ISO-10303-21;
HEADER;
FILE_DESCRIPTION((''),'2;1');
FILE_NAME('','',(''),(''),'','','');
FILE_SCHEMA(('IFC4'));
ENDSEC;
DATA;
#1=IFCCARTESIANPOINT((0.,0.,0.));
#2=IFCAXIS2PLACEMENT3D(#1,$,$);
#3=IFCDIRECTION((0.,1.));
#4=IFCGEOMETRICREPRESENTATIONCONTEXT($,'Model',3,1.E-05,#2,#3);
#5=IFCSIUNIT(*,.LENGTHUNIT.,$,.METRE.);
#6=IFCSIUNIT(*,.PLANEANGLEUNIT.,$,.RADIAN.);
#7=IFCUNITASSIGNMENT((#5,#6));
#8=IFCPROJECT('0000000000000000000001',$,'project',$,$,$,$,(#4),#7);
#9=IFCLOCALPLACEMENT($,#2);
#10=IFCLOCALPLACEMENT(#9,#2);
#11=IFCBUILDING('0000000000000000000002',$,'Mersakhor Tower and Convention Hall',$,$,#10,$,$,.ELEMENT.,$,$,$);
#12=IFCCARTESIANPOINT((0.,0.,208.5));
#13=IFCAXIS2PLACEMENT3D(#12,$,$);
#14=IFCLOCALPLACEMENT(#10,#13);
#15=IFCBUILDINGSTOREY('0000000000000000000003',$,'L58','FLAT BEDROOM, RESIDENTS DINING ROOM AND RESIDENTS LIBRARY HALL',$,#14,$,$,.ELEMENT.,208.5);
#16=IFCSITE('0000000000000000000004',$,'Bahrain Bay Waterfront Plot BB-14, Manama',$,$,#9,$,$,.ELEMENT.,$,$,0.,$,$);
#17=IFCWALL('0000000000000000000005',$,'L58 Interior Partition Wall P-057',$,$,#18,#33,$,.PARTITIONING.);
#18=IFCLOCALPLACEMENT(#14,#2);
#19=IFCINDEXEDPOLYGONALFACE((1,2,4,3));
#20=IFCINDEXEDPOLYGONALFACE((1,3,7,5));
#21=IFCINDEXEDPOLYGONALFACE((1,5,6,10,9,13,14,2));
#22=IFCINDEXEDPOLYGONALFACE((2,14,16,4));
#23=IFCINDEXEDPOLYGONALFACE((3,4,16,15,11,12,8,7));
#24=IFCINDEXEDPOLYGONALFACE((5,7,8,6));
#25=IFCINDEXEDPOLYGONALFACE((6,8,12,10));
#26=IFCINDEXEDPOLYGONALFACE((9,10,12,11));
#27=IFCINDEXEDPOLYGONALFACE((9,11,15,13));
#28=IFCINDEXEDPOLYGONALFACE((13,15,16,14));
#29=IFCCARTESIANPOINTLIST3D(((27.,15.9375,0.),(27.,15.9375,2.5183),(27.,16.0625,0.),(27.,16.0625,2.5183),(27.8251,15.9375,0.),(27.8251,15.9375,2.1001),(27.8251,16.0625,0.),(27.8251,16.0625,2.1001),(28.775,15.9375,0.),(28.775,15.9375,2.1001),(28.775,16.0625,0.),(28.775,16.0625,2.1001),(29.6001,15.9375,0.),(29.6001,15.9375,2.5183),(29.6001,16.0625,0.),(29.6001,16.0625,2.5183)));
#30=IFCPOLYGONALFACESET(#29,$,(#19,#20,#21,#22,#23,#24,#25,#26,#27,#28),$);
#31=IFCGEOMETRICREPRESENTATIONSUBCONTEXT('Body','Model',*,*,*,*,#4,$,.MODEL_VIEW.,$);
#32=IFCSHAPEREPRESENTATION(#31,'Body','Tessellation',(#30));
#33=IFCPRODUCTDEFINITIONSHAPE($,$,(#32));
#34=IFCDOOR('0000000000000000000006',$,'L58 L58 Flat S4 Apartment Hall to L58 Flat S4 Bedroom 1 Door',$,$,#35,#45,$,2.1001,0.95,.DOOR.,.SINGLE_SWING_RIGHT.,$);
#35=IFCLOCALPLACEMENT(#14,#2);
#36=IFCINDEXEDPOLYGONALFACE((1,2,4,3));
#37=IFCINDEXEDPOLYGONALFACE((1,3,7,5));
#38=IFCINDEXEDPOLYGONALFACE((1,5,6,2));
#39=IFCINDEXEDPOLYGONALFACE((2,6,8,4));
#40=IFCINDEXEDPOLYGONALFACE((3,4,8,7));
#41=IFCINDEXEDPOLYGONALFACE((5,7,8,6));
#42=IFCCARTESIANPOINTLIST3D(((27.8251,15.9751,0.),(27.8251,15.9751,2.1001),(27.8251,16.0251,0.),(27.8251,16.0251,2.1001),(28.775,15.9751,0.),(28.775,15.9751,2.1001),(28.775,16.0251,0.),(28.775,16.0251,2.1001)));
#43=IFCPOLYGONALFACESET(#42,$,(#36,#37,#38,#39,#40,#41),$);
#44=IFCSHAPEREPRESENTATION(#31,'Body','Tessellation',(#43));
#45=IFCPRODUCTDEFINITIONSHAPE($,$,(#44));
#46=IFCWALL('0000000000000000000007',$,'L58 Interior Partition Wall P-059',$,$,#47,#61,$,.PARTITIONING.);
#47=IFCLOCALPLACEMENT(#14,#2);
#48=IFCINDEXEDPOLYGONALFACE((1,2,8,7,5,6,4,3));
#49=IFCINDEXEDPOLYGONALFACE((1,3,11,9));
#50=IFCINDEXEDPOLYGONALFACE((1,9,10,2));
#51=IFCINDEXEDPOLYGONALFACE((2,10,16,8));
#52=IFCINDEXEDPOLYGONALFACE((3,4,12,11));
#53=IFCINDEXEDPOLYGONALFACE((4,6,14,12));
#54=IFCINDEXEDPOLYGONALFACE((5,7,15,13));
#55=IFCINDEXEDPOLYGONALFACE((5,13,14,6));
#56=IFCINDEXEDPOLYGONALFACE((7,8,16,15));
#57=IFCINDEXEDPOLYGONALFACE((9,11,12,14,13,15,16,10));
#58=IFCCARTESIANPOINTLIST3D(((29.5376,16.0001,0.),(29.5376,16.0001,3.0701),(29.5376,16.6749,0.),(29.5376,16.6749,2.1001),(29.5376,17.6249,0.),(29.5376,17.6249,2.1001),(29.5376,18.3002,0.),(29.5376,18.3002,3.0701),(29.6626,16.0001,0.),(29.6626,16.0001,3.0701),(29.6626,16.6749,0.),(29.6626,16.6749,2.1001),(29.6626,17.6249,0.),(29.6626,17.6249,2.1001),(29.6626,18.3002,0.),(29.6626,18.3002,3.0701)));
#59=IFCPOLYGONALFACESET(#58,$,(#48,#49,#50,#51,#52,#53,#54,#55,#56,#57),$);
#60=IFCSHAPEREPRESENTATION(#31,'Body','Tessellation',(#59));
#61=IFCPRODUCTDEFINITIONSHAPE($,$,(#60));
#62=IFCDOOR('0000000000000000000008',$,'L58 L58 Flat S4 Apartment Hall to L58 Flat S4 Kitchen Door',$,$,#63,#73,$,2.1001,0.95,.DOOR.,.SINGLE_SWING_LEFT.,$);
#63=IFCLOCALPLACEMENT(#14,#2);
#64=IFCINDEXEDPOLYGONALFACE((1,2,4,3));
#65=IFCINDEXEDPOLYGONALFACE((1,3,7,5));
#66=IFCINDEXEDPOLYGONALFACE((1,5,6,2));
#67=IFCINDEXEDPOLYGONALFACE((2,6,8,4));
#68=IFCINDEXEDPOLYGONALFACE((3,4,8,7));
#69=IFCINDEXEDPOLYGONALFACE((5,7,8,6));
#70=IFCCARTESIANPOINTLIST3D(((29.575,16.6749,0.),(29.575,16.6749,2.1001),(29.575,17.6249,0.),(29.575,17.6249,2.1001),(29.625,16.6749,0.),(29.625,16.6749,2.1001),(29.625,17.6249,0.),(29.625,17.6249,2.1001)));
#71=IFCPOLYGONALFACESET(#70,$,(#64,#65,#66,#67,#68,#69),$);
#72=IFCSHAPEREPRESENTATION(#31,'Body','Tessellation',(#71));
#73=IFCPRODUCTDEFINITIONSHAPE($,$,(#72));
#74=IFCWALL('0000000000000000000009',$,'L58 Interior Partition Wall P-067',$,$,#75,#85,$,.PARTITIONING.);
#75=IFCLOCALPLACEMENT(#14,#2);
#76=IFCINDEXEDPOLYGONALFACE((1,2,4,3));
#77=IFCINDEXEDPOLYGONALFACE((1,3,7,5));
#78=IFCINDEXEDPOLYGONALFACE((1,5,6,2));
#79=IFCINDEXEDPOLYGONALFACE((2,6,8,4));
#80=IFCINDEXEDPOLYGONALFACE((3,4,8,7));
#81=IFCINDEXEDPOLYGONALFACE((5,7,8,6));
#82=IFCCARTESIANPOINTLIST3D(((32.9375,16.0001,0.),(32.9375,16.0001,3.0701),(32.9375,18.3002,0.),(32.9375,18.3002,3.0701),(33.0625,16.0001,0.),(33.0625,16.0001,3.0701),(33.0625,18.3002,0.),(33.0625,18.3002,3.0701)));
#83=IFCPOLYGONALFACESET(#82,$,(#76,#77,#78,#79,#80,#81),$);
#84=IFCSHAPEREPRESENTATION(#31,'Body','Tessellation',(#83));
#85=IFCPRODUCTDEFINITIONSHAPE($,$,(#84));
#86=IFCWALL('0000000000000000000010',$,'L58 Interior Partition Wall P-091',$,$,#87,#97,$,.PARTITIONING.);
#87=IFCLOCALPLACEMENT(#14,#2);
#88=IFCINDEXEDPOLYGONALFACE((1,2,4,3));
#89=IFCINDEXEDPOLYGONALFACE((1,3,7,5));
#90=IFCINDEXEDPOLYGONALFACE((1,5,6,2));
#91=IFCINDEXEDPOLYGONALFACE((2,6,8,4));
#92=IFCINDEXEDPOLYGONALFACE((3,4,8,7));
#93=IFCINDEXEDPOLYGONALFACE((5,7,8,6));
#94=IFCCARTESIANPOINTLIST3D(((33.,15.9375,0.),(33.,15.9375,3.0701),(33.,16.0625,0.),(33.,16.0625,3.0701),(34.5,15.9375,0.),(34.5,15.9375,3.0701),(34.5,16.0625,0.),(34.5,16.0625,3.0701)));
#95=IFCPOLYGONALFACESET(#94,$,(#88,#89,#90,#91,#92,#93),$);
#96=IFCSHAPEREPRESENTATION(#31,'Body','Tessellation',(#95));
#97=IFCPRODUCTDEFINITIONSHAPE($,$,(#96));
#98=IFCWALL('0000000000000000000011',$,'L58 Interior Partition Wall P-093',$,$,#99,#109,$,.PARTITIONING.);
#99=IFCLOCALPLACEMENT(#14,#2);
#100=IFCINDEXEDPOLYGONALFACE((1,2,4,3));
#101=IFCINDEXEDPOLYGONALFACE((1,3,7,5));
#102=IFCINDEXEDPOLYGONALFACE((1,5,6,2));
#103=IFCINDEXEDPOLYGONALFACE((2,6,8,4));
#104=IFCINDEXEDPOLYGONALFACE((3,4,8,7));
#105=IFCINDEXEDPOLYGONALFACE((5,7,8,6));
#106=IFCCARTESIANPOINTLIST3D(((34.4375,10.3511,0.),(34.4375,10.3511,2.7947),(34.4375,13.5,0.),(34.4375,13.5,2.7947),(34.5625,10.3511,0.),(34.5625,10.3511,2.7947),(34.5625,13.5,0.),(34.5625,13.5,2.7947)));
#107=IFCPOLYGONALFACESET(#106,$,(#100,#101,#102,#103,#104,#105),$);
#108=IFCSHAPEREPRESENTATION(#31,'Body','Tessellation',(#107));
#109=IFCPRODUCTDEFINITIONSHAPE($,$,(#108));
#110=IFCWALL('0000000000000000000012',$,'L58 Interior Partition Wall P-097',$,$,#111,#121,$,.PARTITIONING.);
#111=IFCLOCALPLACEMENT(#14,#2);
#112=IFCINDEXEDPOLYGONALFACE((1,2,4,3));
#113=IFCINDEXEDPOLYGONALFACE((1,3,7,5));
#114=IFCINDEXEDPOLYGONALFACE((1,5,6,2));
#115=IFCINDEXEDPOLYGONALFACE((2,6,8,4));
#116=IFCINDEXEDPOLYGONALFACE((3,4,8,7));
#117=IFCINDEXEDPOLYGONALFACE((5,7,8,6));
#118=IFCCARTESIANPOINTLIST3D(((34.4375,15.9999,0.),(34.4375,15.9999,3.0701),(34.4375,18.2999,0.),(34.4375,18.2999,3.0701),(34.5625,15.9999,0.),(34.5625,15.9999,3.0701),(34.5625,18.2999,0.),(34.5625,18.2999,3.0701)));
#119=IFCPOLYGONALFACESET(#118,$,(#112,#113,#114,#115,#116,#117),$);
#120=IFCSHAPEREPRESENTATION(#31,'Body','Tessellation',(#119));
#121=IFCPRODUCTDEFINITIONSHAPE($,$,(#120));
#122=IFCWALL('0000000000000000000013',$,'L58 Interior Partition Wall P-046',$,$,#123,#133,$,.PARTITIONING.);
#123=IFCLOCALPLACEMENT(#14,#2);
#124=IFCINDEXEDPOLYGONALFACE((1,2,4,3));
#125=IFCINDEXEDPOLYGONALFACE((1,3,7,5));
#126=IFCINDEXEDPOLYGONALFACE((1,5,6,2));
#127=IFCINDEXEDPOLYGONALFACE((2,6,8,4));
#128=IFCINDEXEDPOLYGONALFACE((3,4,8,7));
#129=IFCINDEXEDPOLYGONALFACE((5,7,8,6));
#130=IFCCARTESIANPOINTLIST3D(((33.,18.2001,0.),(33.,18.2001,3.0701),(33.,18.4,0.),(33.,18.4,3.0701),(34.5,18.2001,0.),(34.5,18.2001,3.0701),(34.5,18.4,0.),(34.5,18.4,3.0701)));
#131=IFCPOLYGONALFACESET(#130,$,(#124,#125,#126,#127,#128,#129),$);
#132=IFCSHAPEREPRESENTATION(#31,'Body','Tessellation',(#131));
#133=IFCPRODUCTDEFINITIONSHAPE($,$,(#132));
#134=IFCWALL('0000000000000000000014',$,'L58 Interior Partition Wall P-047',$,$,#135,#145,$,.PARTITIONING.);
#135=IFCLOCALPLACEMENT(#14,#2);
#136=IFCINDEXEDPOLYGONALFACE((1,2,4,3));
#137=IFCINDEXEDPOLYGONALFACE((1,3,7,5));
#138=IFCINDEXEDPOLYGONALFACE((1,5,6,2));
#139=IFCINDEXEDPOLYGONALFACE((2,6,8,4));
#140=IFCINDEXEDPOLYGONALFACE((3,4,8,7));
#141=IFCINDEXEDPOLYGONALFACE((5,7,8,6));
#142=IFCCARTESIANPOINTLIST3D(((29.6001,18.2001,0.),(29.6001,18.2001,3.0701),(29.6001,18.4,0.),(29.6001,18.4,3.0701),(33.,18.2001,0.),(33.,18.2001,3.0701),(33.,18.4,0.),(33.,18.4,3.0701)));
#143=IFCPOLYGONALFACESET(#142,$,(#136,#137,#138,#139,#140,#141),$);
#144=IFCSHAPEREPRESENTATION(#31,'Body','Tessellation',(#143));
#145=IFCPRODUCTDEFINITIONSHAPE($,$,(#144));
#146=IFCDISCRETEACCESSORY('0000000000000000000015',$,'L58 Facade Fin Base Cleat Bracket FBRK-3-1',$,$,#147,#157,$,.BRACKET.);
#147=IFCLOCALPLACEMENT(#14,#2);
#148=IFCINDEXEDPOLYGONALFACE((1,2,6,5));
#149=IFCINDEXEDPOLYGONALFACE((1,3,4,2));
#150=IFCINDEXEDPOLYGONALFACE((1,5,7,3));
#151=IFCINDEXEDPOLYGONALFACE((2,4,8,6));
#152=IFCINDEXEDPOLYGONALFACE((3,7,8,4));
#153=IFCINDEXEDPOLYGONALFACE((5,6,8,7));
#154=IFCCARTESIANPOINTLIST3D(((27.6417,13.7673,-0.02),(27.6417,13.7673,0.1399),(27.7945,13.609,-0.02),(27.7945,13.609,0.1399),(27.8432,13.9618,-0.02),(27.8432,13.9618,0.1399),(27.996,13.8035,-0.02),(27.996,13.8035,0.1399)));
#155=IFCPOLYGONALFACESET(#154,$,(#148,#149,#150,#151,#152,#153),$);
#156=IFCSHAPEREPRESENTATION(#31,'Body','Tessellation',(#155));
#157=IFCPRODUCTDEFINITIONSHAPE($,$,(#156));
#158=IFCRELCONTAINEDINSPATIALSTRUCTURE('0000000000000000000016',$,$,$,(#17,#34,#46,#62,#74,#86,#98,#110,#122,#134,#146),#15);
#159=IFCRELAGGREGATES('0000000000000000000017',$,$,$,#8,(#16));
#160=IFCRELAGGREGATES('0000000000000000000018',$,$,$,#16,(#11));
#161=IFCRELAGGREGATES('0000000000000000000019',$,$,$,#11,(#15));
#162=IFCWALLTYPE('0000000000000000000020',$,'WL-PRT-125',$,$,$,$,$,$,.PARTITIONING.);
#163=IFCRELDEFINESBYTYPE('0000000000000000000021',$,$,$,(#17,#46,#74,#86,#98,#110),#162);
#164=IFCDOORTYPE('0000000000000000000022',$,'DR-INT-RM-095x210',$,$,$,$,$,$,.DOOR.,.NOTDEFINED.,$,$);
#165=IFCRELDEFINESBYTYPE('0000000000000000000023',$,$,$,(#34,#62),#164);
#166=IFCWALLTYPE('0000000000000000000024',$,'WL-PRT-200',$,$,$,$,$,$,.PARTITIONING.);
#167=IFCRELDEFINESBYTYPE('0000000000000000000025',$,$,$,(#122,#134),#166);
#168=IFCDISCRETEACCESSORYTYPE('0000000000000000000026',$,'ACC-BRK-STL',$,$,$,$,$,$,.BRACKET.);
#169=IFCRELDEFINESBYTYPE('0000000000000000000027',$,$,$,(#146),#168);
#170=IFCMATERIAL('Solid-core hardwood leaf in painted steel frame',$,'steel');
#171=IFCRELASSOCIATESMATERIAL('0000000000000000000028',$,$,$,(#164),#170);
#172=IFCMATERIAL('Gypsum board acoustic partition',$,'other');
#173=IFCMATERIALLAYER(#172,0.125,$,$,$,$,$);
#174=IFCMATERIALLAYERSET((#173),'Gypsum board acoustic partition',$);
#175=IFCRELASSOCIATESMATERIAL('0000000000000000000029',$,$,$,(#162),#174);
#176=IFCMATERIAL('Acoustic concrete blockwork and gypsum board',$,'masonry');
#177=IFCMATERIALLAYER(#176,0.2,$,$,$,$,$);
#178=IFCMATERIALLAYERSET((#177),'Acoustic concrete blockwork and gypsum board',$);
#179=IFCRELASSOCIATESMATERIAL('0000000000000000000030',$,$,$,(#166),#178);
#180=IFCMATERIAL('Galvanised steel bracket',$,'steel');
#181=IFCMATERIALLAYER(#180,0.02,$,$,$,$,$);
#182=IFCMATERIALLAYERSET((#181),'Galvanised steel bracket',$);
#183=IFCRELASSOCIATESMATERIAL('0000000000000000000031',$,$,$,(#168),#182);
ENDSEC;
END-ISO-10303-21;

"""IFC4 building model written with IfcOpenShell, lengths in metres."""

from ifc_helpers import new_model, si_unit, direction, frame, frame_2d, origin, origin_2d, place, context, subcontext, project, spatial, rectangle, extrude, material, layer, layer_set, type_object, element, fill, save


model = new_model("IFC4")

# Units and contexts
model_context = context("Model", 3, precision=1e-05, world=origin(), true_north=direction((0.0, 1.0)))
body_context = subcontext(model_context, "Body", "Model", "MODEL_VIEW")
ifc_project = project(units=[si_unit("LENGTHUNIT", "METRE"), si_unit("PLANEANGLEUNIT", "RADIAN")], contexts=[model_context])

# Site, building, storey
site_placement = place(None, origin())
site = spatial("IfcSite", under=ifc_project, at=site_placement, Name="Bahrain Bay Waterfront Plot BB-14, Manama", CompositionType="ELEMENT", RefElevation=0.0)
building_placement = place(site_placement, origin())
building = spatial("IfcBuilding", under=site, at=building_placement, Name="Mersakhor Tower and Convention Hall", CompositionType="ELEMENT")
storey_placement = place(building_placement, frame((0.0, 0.0, 208.5)))
storey = spatial("IfcBuildingStorey", under=building, at=storey_placement, Name="L58", Description="FLAT BEDROOM, RESIDENTS DINING ROOM AND RESIDENTS LIBRARY HALL", CompositionType="ELEMENT", Elevation=208.5)

# Walls, openings, doors
ifc_material_1 = material(Name="Solid-core hardwood leaf in painted steel frame", Category="steel")
door_type_1 = type_object("IfcDoorType", Name="DR-INT-RM-095x210", OperationType="NOTDEFINED", PredefinedType="DOOR", material=ifc_material_1)
ifc_material_2 = material(Name="Gypsum board acoustic partition", Category="other")
ifc_layer_1 = layer(ifc_material_2, 0.125)
ifc_layer_set_1 = layer_set([ifc_layer_1], Name="Gypsum board acoustic partition")
wall_type_1 = type_object("IfcWallType", Name="WL-PRT-125", PredefinedType="PARTITIONING", material=ifc_layer_set_1)
wall_1_placement = place(storey_placement, frame((29.6001, 16.0, 0.0), z_axis=(0.0, 0.0, 1.0), x_axis=(-1.0, 0.0, 0.0)))
wall_1 = element("IfcWall", 1, at=wall_1_placement, inside=storey, type_object=wall_type_1, Name="L58 Interior Partition Wall P-057", PredefinedType="PARTITIONING", context=body_context, shape_type="SweptSolid", body=[
    extrude(rectangle(XDim=2.6001, YDim=0.125, at=frame_2d((1.3, 0.0))), origin(), (0.0, 0.0, 1.0), 2.5183),
])
opening_1_placement = place(wall_1_placement, frame((0.825, 0.0, 0.0)))
opening_1 = element("IfcOpeningElement", 2, at=opening_1_placement, cuts=wall_1, PredefinedType="OPENING", context=body_context, shape_type="SweptSolid", body=[
    extrude(rectangle(XDim=0.95, YDim=2.1001, at=frame_2d((0.4751, 1.05))), frame((0.0, 0.0725, 0.0), z_axis=(0.0, -1.0, 0.0), x_axis=(1.0, 0.0, 0.0)), (0.0, 0.0, 1.0), 0.145),
])
door_1_placement = place(opening_1_placement, origin())
door_1 = element("IfcDoor", 3, at=door_1_placement, inside=storey, type_object=door_type_1, Name="L58 L58 Flat S4 Apartment Hall to L58 Flat S4 Bedroom 1 Door", OperationType="SINGLE_SWING_RIGHT", OverallHeight=2.1001, OverallWidth=0.95, PredefinedType="DOOR", context=body_context, shape_type="SweptSolid", body=[
    extrude(rectangle(XDim=0.95, YDim=2.1001, at=frame_2d((0.4751, 1.05))), frame((0.0, 0.0249, 0.0), z_axis=(0.0, -1.0, 0.0), x_axis=(1.0, 0.0, 0.0)), (0.0, 0.0, 1.0), 0.05),
])
fill(opening_1, door_1)
wall_2_placement = place(storey_placement, frame((29.6001, 18.3, 0.0), z_axis=(0.0, 0.0, 1.0), x_axis=(0.0, -1.0, 0.0)))
wall_2 = element("IfcWall", 4, at=wall_2_placement, inside=storey, type_object=wall_type_1, Name="L58 Interior Partition Wall P-059", PredefinedType="PARTITIONING", context=body_context, shape_type="SweptSolid", body=[
    extrude(rectangle(XDim=2.3, YDim=0.125, at=frame_2d((1.1499, 0.0))), origin(), (0.0, 0.0, 1.0), 3.0701),
])
opening_2_placement = place(wall_2_placement, frame((0.675, 0.0, 0.0)))
opening_2 = element("IfcOpeningElement", 5, at=opening_2_placement, cuts=wall_2, PredefinedType="OPENING", context=body_context, shape_type="SweptSolid", body=[
    extrude(rectangle(XDim=0.95, YDim=2.1001, at=frame_2d((0.4751, 1.05))), frame((0.0, 0.0725, 0.0), z_axis=(0.0, -1.0, 0.0), x_axis=(1.0, 0.0, 0.0)), (0.0, 0.0, 1.0), 0.145),
])
door_2_placement = place(opening_2_placement, origin())
door_2 = element("IfcDoor", 6, at=door_2_placement, inside=storey, type_object=door_type_1, Name="L58 L58 Flat S4 Apartment Hall to L58 Flat S4 Kitchen Door", OperationType="SINGLE_SWING_LEFT", OverallHeight=2.1001, OverallWidth=0.95, PredefinedType="DOOR", context=body_context, shape_type="SweptSolid", body=[
    extrude(rectangle(XDim=0.95, YDim=2.1001, at=frame_2d((0.4751, 1.05))), frame((0.0, 0.0249, 0.0), z_axis=(0.0, -1.0, 0.0), x_axis=(1.0, 0.0, 0.0)), (0.0, 0.0, 1.0), 0.05),
])
fill(opening_2, door_2)

# Walls
wall_3_placement = place(storey_placement, frame((33.0, 18.3, 0.0), z_axis=(0.0, 0.0, 1.0), x_axis=(0.0, -1.0, 0.0)))
element("IfcWall", 7, at=wall_3_placement, inside=storey, type_object=wall_type_1, Name="L58 Interior Partition Wall P-067", PredefinedType="PARTITIONING", context=body_context, shape_type="SweptSolid", body=[
    extrude(rectangle(XDim=2.3, YDim=0.125, at=frame_2d((1.1499, 0.0))), origin(), (0.0, 0.0, 1.0), 3.0701),
])
wall_4_placement = place(storey_placement, frame((33.0, 16.0, 0.0), z_axis=(0.0, 0.0, 1.0), x_axis=(1.0, 0.0, 0.0)))
element("IfcWall", 8, at=wall_4_placement, inside=storey, type_object=wall_type_1, Name="L58 Interior Partition Wall P-091", PredefinedType="PARTITIONING", context=body_context, shape_type="SweptSolid", body=[
    extrude(rectangle(XDim=1.5, YDim=0.125, at=frame_2d((0.75, 0.0))), origin(), (0.0, 0.0, 1.0), 3.0701),
])
wall_5_placement = place(storey_placement, frame((34.5, 13.5, 0.0), z_axis=(0.0, 0.0, 1.0), x_axis=(0.0, -1.0, 0.0)))
element("IfcWall", 9, at=wall_5_placement, inside=storey, type_object=wall_type_1, Name="L58 Interior Partition Wall P-093", PredefinedType="PARTITIONING", context=body_context, shape_type="SweptSolid", body=[
    extrude(rectangle(XDim=3.1489, YDim=0.125, at=frame_2d((1.5745, 0.0))), origin(), (0.0, 0.0, 1.0), 2.7947),
])
wall_6_placement = place(storey_placement, frame((34.5, 16.0, 0.0), z_axis=(0.0, 0.0, 1.0), x_axis=(0.0, 1.0, 0.0)))
element("IfcWall", 10, at=wall_6_placement, inside=storey, type_object=wall_type_1, Name="L58 Interior Partition Wall P-097", PredefinedType="PARTITIONING", context=body_context, shape_type="SweptSolid", body=[
    extrude(rectangle(XDim=2.3, YDim=0.125, at=frame_2d((1.1499, 0.0))), origin(), (0.0, 0.0, 1.0), 3.0701),
])
ifc_material_3 = material(Name="Acoustic concrete blockwork and gypsum board", Category="masonry")
ifc_layer_2 = layer(ifc_material_3, 0.2)
ifc_layer_set_2 = layer_set([ifc_layer_2], Name="Acoustic concrete blockwork and gypsum board")
wall_type_2 = type_object("IfcWallType", Name="WL-PRT-200", PredefinedType="PARTITIONING", material=ifc_layer_set_2)
wall_7_placement = place(storey_placement, frame((34.5, 18.3, 0.0), z_axis=(0.0, 0.0, 1.0), x_axis=(-1.0, 0.0, 0.0)))
element("IfcWall", 11, at=wall_7_placement, inside=storey, type_object=wall_type_2, Name="L58 Interior Partition Wall P-046", PredefinedType="PARTITIONING", context=body_context, shape_type="SweptSolid", body=[
    extrude(rectangle(XDim=1.5, YDim=0.2, at=frame_2d((0.75, 0.0))), origin(), (0.0, 0.0, 1.0), 3.0701),
])
wall_8_placement = place(storey_placement, frame((33.0, 18.3, 0.0), z_axis=(0.0, 0.0, 1.0), x_axis=(-1.0, 0.0, 0.0)))
element("IfcWall", 12, at=wall_8_placement, inside=storey, type_object=wall_type_2, Name="L58 Interior Partition Wall P-047", PredefinedType="PARTITIONING", context=body_context, shape_type="SweptSolid", body=[
    extrude(rectangle(XDim=3.3999, YDim=0.2, at=frame_2d((1.7, 0.0))), origin(), (0.0, 0.0, 1.0), 3.0701),
])

# Discrete accessory
ifc_material_4 = material(Name="Galvanised steel bracket", Category="steel")
ifc_layer_3 = layer(ifc_material_4, 0.02)
ifc_layer_set_3 = layer_set([ifc_layer_3], Name="Galvanised steel bracket")
discrete_accessory_type = type_object("IfcDiscreteAccessoryType", Name="ACC-BRK-STL", PredefinedType="BRACKET", material=ifc_layer_set_3)
discrete_accessory_placement = place(storey_placement, frame((27.8188, 13.7854, -0.02), z_axis=(0.0, 0.0, 1.0), x_axis=(-0.71934, -0.694658, 0.0)))
element("IfcDiscreteAccessory", 13, at=discrete_accessory_placement, inside=storey, type_object=discrete_accessory_type, Name="L58 Facade Fin Base Cleat Bracket FBRK-3-1", PredefinedType="BRACKET", context=body_context, shape_type="SweptSolid", body=[
    extrude(rectangle(XDim=0.28, YDim=0.22, at=origin_2d()), origin(), (0.0, 0.0, 1.0), 0.1599),
])

save(model, "model.ifc")
